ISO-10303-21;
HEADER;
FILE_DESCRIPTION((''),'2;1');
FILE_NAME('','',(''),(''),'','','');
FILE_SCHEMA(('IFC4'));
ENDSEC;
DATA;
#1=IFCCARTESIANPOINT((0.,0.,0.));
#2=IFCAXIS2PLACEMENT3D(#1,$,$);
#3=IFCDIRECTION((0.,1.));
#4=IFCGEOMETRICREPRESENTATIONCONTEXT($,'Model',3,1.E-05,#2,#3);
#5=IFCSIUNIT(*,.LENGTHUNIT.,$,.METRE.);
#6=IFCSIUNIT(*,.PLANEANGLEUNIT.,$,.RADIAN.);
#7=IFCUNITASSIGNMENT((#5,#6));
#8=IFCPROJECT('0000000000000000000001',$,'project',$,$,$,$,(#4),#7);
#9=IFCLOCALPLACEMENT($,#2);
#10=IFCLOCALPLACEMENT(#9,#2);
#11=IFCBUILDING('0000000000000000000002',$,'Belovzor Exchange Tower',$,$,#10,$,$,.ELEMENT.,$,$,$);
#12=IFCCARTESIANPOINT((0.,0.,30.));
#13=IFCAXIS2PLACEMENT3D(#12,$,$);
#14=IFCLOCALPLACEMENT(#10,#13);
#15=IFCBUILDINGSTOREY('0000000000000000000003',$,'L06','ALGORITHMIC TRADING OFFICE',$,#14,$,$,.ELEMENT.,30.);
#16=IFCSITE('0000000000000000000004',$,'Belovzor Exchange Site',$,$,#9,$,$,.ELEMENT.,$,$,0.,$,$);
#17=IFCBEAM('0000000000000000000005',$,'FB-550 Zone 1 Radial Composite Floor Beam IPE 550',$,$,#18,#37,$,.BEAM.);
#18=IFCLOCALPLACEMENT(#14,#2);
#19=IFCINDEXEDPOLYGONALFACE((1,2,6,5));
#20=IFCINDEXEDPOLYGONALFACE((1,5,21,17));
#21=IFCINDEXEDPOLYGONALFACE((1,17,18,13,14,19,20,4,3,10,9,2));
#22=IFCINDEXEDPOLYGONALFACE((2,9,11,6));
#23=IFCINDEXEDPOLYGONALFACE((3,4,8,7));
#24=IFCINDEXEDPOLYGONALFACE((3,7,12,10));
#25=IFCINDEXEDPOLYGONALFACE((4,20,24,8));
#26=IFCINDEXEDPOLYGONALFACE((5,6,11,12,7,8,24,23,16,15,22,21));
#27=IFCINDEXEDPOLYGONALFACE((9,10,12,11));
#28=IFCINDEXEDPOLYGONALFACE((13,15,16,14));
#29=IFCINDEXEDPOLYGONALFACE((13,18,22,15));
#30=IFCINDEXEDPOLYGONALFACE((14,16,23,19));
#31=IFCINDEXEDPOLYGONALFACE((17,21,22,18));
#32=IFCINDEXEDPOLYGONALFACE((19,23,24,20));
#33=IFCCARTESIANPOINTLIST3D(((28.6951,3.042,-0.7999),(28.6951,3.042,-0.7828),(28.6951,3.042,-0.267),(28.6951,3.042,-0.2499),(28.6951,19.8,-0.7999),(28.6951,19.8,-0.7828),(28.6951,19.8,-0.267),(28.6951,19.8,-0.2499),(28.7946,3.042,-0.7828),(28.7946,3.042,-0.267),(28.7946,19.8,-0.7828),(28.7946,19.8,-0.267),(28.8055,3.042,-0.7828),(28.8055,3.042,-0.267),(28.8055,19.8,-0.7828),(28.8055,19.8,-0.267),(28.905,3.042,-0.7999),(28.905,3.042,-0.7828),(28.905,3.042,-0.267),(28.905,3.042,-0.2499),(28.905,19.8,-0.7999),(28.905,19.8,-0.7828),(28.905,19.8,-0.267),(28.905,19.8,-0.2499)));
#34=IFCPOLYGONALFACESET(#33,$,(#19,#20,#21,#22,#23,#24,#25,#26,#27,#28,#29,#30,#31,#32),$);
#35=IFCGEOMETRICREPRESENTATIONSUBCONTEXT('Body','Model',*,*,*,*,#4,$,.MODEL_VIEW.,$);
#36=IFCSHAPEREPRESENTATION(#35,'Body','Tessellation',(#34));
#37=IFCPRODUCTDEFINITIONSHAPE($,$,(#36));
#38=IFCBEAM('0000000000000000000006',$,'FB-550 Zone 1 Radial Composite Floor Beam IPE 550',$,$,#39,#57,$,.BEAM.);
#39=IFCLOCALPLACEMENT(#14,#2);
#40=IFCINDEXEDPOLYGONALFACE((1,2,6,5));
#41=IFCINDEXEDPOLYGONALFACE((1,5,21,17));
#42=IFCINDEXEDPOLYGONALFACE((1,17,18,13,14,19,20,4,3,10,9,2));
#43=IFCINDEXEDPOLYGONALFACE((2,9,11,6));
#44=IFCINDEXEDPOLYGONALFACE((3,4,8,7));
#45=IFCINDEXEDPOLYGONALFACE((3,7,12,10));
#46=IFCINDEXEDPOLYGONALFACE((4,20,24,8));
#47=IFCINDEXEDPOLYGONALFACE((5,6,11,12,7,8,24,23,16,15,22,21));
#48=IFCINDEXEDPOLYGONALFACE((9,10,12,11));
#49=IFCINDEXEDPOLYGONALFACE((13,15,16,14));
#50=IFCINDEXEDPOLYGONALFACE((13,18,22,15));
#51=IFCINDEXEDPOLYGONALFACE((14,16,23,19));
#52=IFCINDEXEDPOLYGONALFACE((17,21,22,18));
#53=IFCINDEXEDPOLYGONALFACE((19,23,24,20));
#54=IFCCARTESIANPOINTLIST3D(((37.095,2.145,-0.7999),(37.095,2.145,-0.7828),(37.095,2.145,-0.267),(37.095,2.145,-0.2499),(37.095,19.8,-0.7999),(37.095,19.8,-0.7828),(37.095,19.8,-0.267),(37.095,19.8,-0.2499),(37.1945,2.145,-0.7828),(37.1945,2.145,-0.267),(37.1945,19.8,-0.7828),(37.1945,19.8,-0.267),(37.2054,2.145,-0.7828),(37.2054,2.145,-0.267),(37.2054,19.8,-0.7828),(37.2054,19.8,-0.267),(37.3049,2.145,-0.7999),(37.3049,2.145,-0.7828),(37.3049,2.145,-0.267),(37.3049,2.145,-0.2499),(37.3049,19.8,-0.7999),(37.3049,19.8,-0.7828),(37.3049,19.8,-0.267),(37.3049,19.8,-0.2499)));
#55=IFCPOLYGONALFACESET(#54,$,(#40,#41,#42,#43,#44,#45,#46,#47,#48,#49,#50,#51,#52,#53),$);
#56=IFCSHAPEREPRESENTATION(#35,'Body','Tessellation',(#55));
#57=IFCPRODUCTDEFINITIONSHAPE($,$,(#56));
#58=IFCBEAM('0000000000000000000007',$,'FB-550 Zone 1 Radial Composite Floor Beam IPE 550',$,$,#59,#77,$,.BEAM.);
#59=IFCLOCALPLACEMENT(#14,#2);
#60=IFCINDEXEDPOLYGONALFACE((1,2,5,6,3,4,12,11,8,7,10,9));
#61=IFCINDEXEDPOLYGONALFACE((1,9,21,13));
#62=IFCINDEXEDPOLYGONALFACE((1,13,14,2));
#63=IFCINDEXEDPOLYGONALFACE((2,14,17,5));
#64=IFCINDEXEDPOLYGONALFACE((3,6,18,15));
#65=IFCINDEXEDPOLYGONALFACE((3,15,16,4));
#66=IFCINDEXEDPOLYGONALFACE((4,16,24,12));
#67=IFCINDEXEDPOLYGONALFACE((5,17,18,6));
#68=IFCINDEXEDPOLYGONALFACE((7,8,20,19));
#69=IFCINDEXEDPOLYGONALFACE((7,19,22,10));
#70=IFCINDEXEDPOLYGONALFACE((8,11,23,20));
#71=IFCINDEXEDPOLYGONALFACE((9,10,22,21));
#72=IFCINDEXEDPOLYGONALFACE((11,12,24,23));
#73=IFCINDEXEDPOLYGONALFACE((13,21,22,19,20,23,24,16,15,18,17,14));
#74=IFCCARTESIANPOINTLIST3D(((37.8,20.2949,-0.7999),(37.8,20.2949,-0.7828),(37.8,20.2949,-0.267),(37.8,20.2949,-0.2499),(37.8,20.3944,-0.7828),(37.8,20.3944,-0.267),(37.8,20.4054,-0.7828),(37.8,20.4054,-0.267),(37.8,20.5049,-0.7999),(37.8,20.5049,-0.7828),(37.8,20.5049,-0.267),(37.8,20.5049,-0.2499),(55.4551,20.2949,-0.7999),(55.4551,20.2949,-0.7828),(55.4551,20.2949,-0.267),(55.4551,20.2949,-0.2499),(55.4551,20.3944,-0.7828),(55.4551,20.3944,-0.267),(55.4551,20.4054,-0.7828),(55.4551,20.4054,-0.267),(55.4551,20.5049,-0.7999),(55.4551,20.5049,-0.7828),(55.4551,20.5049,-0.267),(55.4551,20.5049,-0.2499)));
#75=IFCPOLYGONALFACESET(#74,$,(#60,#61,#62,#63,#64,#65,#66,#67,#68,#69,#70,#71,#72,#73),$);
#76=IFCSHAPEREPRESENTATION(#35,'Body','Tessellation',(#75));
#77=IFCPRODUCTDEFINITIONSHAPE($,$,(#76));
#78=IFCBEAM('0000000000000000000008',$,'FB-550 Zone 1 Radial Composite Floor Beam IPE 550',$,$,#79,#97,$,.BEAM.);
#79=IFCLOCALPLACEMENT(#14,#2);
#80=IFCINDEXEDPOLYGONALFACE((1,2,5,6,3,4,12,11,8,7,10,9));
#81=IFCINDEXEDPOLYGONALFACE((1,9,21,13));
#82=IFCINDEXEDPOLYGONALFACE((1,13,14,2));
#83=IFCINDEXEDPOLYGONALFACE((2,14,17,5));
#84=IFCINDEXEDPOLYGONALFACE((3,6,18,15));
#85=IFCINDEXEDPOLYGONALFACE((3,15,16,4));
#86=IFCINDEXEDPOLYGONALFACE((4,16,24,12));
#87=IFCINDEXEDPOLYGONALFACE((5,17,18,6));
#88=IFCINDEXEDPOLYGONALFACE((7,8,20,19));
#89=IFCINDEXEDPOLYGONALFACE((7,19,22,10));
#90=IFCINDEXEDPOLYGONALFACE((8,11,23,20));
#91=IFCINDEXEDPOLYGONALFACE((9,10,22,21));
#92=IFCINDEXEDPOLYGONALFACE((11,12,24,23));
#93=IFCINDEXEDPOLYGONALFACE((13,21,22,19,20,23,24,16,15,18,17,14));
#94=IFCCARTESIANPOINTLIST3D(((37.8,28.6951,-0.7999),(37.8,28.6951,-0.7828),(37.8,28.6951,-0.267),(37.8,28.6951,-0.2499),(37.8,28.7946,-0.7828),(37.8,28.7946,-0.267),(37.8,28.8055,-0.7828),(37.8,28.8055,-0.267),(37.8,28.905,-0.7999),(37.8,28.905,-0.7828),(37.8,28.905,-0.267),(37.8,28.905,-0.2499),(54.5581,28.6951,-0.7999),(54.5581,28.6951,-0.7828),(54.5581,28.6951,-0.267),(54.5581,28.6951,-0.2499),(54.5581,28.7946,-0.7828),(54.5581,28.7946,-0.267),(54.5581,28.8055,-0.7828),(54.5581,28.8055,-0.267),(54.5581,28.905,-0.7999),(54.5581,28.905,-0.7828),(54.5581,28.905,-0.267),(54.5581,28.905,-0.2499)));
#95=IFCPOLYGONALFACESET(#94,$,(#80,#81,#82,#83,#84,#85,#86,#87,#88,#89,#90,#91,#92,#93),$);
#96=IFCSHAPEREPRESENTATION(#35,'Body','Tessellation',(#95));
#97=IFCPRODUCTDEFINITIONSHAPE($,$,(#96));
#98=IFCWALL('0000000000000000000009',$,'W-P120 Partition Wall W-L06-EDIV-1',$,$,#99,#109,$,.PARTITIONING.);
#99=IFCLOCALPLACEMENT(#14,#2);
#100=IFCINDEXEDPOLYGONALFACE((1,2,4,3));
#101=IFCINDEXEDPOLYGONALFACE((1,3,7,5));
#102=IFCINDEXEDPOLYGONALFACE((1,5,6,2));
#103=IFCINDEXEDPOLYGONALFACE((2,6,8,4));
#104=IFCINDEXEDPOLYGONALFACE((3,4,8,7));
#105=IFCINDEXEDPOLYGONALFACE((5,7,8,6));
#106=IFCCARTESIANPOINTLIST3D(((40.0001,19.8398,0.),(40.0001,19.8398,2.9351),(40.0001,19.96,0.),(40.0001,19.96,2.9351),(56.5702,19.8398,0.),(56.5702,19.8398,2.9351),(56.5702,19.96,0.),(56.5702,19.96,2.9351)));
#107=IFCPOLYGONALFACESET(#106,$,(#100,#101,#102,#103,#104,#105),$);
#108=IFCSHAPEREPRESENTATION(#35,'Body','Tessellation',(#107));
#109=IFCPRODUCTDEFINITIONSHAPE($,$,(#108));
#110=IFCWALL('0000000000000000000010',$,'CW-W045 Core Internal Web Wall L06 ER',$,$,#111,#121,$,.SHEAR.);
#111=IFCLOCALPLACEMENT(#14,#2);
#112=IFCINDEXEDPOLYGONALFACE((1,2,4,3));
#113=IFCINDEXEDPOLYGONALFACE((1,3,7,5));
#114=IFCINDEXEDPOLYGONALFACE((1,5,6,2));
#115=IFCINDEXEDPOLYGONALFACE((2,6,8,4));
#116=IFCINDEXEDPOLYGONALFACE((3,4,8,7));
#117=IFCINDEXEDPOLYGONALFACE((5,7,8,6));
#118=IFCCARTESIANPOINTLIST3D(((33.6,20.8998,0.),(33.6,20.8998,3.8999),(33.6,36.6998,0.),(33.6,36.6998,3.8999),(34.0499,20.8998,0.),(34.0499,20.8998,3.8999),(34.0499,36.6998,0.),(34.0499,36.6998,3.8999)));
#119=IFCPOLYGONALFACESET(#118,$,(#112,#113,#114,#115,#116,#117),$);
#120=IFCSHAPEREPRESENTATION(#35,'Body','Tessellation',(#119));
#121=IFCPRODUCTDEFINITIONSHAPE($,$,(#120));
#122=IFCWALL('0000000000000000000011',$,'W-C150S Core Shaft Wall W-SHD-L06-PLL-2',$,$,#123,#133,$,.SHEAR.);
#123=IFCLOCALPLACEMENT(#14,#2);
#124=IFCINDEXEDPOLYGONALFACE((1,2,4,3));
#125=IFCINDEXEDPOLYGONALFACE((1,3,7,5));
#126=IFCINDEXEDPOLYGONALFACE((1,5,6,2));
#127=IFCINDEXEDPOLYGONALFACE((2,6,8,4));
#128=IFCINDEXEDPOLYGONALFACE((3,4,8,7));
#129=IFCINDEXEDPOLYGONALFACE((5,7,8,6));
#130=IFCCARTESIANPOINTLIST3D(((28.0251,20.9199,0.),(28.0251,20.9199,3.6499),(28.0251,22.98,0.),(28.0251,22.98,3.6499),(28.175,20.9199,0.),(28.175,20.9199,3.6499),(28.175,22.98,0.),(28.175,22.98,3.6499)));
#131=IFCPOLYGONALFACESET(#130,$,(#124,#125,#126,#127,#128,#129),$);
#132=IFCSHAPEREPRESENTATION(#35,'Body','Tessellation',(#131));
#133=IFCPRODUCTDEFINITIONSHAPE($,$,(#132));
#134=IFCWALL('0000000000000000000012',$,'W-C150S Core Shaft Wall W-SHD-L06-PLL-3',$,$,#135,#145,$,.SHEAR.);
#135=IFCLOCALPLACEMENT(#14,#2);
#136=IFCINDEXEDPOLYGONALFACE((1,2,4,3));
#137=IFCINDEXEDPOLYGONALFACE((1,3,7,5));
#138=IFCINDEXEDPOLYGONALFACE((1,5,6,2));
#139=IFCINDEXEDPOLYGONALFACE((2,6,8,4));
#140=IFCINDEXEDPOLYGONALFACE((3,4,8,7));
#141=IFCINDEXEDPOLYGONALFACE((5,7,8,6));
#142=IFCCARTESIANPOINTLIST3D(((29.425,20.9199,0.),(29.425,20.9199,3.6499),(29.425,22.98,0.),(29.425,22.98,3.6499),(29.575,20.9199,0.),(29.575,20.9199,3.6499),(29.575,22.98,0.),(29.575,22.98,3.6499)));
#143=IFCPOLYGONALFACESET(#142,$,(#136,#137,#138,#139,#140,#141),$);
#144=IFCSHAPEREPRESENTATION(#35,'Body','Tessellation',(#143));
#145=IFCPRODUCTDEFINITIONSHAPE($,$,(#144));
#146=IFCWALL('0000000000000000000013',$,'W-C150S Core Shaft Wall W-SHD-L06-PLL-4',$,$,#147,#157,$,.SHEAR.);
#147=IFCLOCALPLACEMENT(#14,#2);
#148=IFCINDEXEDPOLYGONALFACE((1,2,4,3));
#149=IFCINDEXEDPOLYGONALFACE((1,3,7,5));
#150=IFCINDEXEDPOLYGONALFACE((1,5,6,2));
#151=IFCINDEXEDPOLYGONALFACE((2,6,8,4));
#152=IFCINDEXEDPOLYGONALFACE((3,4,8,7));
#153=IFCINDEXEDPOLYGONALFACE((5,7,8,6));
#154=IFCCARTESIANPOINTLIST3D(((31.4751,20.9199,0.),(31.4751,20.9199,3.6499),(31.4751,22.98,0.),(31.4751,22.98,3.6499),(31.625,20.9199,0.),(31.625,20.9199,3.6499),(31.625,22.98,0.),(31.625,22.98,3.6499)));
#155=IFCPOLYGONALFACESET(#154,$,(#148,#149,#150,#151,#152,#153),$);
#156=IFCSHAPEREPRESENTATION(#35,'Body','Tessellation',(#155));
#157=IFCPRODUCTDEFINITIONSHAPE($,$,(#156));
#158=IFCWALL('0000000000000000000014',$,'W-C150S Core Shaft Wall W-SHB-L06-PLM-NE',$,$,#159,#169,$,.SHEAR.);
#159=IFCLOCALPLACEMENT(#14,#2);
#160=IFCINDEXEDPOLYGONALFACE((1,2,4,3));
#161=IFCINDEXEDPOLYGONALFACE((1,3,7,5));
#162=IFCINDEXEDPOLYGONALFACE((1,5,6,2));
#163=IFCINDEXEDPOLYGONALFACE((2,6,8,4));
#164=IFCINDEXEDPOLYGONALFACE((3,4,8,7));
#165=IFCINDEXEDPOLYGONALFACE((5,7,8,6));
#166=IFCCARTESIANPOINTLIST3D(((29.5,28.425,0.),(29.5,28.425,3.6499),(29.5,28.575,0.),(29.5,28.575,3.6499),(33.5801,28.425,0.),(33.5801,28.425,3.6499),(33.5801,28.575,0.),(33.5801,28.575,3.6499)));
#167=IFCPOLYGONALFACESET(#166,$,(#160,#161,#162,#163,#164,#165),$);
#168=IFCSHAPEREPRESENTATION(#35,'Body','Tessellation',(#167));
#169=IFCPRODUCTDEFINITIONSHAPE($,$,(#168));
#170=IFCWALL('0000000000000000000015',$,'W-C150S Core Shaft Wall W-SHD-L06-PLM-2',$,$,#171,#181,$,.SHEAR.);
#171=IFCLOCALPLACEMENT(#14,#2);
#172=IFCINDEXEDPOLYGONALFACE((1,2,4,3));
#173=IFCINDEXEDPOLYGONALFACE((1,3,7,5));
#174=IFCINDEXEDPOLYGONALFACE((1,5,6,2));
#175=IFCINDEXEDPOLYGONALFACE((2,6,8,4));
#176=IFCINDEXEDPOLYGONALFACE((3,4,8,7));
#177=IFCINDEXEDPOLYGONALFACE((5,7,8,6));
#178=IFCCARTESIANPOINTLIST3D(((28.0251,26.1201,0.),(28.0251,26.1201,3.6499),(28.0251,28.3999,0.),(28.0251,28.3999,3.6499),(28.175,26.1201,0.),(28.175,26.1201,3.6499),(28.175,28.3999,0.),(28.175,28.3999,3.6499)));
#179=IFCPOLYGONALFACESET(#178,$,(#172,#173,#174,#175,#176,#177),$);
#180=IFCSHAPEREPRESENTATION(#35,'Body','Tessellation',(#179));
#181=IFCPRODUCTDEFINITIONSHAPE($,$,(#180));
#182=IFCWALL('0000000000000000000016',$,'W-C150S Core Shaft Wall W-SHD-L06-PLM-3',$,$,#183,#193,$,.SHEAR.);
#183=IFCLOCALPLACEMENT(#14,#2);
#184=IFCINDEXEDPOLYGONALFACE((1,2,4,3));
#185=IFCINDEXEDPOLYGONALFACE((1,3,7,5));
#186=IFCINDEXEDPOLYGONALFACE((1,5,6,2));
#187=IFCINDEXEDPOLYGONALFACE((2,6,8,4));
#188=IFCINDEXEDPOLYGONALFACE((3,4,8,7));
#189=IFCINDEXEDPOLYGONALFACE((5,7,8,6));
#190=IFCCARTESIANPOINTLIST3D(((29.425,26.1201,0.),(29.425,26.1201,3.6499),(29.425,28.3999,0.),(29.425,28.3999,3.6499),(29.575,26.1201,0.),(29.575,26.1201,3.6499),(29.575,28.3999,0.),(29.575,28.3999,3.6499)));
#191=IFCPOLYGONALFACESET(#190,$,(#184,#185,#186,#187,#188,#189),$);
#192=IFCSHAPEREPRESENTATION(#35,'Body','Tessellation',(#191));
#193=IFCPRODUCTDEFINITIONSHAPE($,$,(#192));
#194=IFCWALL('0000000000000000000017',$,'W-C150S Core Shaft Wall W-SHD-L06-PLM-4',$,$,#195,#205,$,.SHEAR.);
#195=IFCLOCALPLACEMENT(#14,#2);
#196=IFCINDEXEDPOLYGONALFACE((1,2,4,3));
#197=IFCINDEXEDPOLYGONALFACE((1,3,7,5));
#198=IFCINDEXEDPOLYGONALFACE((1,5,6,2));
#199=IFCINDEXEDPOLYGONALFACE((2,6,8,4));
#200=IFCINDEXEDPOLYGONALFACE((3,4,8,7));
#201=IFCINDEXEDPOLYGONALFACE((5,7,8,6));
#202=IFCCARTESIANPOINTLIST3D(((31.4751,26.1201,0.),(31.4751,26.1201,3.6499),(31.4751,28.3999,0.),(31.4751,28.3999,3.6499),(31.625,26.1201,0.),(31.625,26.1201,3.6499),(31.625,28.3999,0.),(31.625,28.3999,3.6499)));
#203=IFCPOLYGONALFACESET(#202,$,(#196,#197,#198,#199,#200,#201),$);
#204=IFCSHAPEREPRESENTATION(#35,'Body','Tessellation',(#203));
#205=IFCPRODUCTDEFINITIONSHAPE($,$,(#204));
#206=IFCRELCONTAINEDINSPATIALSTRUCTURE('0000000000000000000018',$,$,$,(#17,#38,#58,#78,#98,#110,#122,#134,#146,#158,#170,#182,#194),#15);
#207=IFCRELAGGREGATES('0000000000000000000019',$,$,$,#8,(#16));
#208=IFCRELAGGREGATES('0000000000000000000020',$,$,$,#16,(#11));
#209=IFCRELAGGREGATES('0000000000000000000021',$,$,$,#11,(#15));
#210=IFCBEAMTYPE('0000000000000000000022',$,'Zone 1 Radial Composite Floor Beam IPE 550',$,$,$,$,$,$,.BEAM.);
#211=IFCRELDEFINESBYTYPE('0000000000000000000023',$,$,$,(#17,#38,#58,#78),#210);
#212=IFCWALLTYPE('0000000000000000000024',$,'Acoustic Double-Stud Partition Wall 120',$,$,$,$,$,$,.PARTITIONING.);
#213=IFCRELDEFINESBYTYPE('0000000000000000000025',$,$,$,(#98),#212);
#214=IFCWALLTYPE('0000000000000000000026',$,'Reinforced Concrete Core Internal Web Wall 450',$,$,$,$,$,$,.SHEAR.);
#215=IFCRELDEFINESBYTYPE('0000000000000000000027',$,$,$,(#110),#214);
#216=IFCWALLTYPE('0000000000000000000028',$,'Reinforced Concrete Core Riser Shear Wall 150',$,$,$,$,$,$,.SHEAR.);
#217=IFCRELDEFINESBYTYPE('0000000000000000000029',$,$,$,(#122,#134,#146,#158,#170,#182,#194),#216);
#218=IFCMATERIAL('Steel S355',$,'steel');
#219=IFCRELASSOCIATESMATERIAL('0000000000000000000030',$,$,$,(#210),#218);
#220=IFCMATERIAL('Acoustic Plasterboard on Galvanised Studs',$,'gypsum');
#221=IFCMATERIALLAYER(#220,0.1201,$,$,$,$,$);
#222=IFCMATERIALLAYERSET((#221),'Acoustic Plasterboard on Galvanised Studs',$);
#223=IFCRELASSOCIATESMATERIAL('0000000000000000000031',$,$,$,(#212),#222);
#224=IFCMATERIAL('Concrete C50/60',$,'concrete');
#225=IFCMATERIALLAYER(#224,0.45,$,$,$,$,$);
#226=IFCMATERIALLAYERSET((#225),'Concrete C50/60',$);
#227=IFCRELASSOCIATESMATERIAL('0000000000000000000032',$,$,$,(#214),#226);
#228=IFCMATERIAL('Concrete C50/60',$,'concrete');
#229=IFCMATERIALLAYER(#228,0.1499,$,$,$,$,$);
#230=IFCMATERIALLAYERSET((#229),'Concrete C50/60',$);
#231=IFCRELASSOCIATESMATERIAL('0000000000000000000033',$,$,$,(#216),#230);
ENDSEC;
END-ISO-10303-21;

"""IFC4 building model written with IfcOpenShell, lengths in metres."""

from ifc_helpers import new_model, si_unit, direction, frame, frame_2d, origin, origin_2d, place, context, subcontext, project, spatial, rectangle, i_section, extrude, material, layer, layer_set, material_profile, profile_set, type_object, element, save


model = new_model("IFC4")

# Units and contexts
model_context = context("Model", 3, precision=1e-05, world=origin(), true_north=direction((0.0, 1.0)))
body_context = subcontext(model_context, "Body", "Model", "MODEL_VIEW")
ifc_project = project(units=[si_unit("LENGTHUNIT", "METRE"), si_unit("PLANEANGLEUNIT", "RADIAN")], contexts=[model_context])

# Site, building, storey
site_placement = place(None, origin())
site = spatial("IfcSite", under=ifc_project, at=site_placement, Name="Belovzor Exchange Site", CompositionType="ELEMENT", RefElevation=0.0)
building_placement = place(site_placement, origin())
building = spatial("IfcBuilding", under=site, at=building_placement, Name="Belovzor Exchange Tower", CompositionType="ELEMENT")
storey_placement = place(building_placement, frame((0.0, 0.0, 30.0)))
storey = spatial("IfcBuildingStorey", under=building, at=storey_placement, Name="L06", Description="ALGORITHMIC TRADING OFFICE", CompositionType="ELEMENT", Elevation=30.0)

# Beams
ifc_material_1 = material(Name="Steel S355", Category="steel")
ifc_material_profile = material_profile(ifc_material_1, i_section(OverallWidth=0.21, OverallDepth=0.55, WebThickness=0.011, FlangeThickness=0.0171, at=origin_2d()))
ifc_profile_set = profile_set([ifc_material_profile], Name="Steel S355")
beam_type = type_object("IfcBeamType", Name="Zone 1 Radial Composite Floor Beam IPE 550", PredefinedType="BEAM", material=ifc_profile_set)
beam_1_placement = place(storey_placement, frame((28.8, 19.8, -0.5249), z_axis=(0.0, -1.0, 0.0), x_axis=(1.0, 0.0, 0.0)))
element("IfcBeam", 1, at=beam_1_placement, inside=storey, type_object=beam_type, Name="FB-550 Zone 1 Radial Composite Floor Beam IPE 550", PredefinedType="BEAM", context=body_context, shape_type="SweptSolid", body=[
    extrude(i_section(OverallWidth=0.21, OverallDepth=0.55, WebThickness=0.011, FlangeThickness=0.0171, at=origin_2d()), origin(), (0.0, 0.0, 1.0), 16.7581),
])
for number, where, z_axis, x_axis, name in (
    (2, (37.2, 19.8, -0.5249), (0.0, -1.0, 0.0), (1.0, 0.0, 0.0), "FB-550 Zone 1 Radial Composite Floor Beam IPE 550"),
    (3, (37.8, 20.3999, -0.5249), (1.0, 0.0, 0.0), (0.0, 1.0, 0.0), "FB-550 Zone 1 Radial Composite Floor Beam IPE 550"),
):
    element("IfcBeam", number, at=place(storey_placement, frame(where, z_axis=z_axis, x_axis=x_axis)), inside=storey, type_object=beam_type, Name=name, PredefinedType="BEAM", context=body_context, shape_type="SweptSolid", body=[
        extrude(i_section(OverallWidth=0.21, OverallDepth=0.55, WebThickness=0.011, FlangeThickness=0.0171, at=origin_2d()), origin(), (0.0, 0.0, 1.0), 17.655),
    ])
beam_2_placement = place(storey_placement, frame((37.8, 28.8, -0.5249), z_axis=(1.0, 0.0, 0.0), x_axis=(0.0, 1.0, 0.0)))
element("IfcBeam", 4, at=beam_2_placement, inside=storey, type_object=beam_type, Name="FB-550 Zone 1 Radial Composite Floor Beam IPE 550", PredefinedType="BEAM", context=body_context, shape_type="SweptSolid", body=[
    extrude(i_section(OverallWidth=0.21, OverallDepth=0.55, WebThickness=0.011, FlangeThickness=0.0171, at=origin_2d()), origin(), (0.0, 0.0, 1.0), 16.7581),
])

# Walls
ifc_material_2 = material(Name="Acoustic Plasterboard on Galvanised Studs", Category="gypsum")
ifc_layer_1 = layer(ifc_material_2, 0.1201)
ifc_layer_set_1 = layer_set([ifc_layer_1], Name="Acoustic Plasterboard on Galvanised Studs")
wall_type_1 = type_object("IfcWallType", Name="Acoustic Double-Stud Partition Wall 120", PredefinedType="PARTITIONING", material=ifc_layer_set_1)
wall_1_placement = place(storey_placement, frame((40.0, 19.8999, 0.0), z_axis=(0.0, 0.0, 1.0), x_axis=(1.0, 0.0, 0.0)))
element("IfcWall", 5, at=wall_1_placement, inside=storey, type_object=wall_type_1, Name="W-P120 Partition Wall W-L06-EDIV-1", PredefinedType="PARTITIONING", context=body_context, shape_type="SweptSolid", body=[
    extrude(rectangle(XDim=16.5701, YDim=0.1201, at=frame_2d((8.2852, 0.0))), origin(), (0.0, 0.0, 1.0), 2.9351),
])
ifc_material_3 = material(Name="Concrete C50/60", Category="concrete")
ifc_layer_2 = layer(ifc_material_3, 0.45)
ifc_layer_set_2 = layer_set([ifc_layer_2], Name="Concrete C50/60")
wall_type_2 = type_object("IfcWallType", Name="Reinforced Concrete Core Internal Web Wall 450", PredefinedType="SHEAR", material=ifc_layer_set_2)
wall_2_placement = place(storey_placement, frame((33.825, 20.8999, 0.0), z_axis=(0.0, 0.0, 1.0), x_axis=(0.0, 1.0, 0.0)))
element("IfcWall", 6, at=wall_2_placement, inside=storey, type_object=wall_type_2, Name="CW-W045 Core Internal Web Wall L06 ER", PredefinedType="SHEAR", context=body_context, shape_type="SweptSolid", body=[
    extrude(rectangle(XDim=15.8, YDim=0.45, at=frame_2d((7.8999, 0.0))), origin(), (0.0, 0.0, 1.0), 3.8999),
])
ifc_material_4 = material(Name="Concrete C50/60", Category="concrete")
ifc_layer_3 = layer(ifc_material_4, 0.1499)
ifc_layer_set_3 = layer_set([ifc_layer_3], Name="Concrete C50/60")
wall_type_3 = type_object("IfcWallType", Name="Reinforced Concrete Core Riser Shear Wall 150", PredefinedType="SHEAR", material=ifc_layer_set_3)
for number, where, z_axis, x_axis, name in (
    (7, (28.1001, 20.9199, 0.0), (0.0, 0.0, 1.0), (0.0, 1.0, 0.0), "W-C150S Core Shaft Wall W-SHD-L06-PLL-2"),
    (8, (29.5, 20.9199, 0.0), (0.0, 0.0, 1.0), (0.0, 1.0, 0.0), "W-C150S Core Shaft Wall W-SHD-L06-PLL-3"),
    (9, (31.55, 20.9199, 0.0), (0.0, 0.0, 1.0), (0.0, 1.0, 0.0), "W-C150S Core Shaft Wall W-SHD-L06-PLL-4"),
):
    element("IfcWall", number, at=place(storey_placement, frame(where, z_axis=z_axis, x_axis=x_axis)), inside=storey, type_object=wall_type_3, Name=name, PredefinedType="SHEAR", context=body_context, shape_type="SweptSolid", body=[
        extrude(rectangle(XDim=2.0601, YDim=0.1499, at=frame_2d((1.03, 0.0))), origin(), (0.0, 0.0, 1.0), 3.6499),
    ])
wall_3_placement = place(storey_placement, frame((29.5, 28.5, 0.0), z_axis=(0.0, 0.0, 1.0), x_axis=(1.0, 0.0, 0.0)))
element("IfcWall", 10, at=wall_3_placement, inside=storey, type_object=wall_type_3, Name="W-C150S Core Shaft Wall W-SHB-L06-PLM-NE", PredefinedType="SHEAR", context=body_context, shape_type="SweptSolid", body=[
    extrude(rectangle(XDim=4.0801, YDim=0.1499, at=frame_2d((2.04, 0.0))), origin(), (0.0, 0.0, 1.0), 3.6499),
])
for number, where, z_axis, x_axis, name in (
    (11, (28.1001, 26.1201, 0.0), (0.0, 0.0, 1.0), (0.0, 1.0, 0.0), "W-C150S Core Shaft Wall W-SHD-L06-PLM-2"),
    (12, (29.5, 26.1201, 0.0), (0.0, 0.0, 1.0), (0.0, 1.0, 0.0), "W-C150S Core Shaft Wall W-SHD-L06-PLM-3"),
    (13, (31.55, 26.1201, 0.0), (0.0, 0.0, 1.0), (0.0, 1.0, 0.0), "W-C150S Core Shaft Wall W-SHD-L06-PLM-4"),
):
    element("IfcWall", number, at=place(storey_placement, frame(where, z_axis=z_axis, x_axis=x_axis)), inside=storey, type_object=wall_type_3, Name=name, PredefinedType="SHEAR", context=body_context, shape_type="SweptSolid", body=[
        extrude(rectangle(XDim=2.2798, YDim=0.1499, at=frame_2d((1.1399, 0.0))), origin(), (0.0, 0.0, 1.0), 3.6499),
    ])

save(model, "model.ifc")
